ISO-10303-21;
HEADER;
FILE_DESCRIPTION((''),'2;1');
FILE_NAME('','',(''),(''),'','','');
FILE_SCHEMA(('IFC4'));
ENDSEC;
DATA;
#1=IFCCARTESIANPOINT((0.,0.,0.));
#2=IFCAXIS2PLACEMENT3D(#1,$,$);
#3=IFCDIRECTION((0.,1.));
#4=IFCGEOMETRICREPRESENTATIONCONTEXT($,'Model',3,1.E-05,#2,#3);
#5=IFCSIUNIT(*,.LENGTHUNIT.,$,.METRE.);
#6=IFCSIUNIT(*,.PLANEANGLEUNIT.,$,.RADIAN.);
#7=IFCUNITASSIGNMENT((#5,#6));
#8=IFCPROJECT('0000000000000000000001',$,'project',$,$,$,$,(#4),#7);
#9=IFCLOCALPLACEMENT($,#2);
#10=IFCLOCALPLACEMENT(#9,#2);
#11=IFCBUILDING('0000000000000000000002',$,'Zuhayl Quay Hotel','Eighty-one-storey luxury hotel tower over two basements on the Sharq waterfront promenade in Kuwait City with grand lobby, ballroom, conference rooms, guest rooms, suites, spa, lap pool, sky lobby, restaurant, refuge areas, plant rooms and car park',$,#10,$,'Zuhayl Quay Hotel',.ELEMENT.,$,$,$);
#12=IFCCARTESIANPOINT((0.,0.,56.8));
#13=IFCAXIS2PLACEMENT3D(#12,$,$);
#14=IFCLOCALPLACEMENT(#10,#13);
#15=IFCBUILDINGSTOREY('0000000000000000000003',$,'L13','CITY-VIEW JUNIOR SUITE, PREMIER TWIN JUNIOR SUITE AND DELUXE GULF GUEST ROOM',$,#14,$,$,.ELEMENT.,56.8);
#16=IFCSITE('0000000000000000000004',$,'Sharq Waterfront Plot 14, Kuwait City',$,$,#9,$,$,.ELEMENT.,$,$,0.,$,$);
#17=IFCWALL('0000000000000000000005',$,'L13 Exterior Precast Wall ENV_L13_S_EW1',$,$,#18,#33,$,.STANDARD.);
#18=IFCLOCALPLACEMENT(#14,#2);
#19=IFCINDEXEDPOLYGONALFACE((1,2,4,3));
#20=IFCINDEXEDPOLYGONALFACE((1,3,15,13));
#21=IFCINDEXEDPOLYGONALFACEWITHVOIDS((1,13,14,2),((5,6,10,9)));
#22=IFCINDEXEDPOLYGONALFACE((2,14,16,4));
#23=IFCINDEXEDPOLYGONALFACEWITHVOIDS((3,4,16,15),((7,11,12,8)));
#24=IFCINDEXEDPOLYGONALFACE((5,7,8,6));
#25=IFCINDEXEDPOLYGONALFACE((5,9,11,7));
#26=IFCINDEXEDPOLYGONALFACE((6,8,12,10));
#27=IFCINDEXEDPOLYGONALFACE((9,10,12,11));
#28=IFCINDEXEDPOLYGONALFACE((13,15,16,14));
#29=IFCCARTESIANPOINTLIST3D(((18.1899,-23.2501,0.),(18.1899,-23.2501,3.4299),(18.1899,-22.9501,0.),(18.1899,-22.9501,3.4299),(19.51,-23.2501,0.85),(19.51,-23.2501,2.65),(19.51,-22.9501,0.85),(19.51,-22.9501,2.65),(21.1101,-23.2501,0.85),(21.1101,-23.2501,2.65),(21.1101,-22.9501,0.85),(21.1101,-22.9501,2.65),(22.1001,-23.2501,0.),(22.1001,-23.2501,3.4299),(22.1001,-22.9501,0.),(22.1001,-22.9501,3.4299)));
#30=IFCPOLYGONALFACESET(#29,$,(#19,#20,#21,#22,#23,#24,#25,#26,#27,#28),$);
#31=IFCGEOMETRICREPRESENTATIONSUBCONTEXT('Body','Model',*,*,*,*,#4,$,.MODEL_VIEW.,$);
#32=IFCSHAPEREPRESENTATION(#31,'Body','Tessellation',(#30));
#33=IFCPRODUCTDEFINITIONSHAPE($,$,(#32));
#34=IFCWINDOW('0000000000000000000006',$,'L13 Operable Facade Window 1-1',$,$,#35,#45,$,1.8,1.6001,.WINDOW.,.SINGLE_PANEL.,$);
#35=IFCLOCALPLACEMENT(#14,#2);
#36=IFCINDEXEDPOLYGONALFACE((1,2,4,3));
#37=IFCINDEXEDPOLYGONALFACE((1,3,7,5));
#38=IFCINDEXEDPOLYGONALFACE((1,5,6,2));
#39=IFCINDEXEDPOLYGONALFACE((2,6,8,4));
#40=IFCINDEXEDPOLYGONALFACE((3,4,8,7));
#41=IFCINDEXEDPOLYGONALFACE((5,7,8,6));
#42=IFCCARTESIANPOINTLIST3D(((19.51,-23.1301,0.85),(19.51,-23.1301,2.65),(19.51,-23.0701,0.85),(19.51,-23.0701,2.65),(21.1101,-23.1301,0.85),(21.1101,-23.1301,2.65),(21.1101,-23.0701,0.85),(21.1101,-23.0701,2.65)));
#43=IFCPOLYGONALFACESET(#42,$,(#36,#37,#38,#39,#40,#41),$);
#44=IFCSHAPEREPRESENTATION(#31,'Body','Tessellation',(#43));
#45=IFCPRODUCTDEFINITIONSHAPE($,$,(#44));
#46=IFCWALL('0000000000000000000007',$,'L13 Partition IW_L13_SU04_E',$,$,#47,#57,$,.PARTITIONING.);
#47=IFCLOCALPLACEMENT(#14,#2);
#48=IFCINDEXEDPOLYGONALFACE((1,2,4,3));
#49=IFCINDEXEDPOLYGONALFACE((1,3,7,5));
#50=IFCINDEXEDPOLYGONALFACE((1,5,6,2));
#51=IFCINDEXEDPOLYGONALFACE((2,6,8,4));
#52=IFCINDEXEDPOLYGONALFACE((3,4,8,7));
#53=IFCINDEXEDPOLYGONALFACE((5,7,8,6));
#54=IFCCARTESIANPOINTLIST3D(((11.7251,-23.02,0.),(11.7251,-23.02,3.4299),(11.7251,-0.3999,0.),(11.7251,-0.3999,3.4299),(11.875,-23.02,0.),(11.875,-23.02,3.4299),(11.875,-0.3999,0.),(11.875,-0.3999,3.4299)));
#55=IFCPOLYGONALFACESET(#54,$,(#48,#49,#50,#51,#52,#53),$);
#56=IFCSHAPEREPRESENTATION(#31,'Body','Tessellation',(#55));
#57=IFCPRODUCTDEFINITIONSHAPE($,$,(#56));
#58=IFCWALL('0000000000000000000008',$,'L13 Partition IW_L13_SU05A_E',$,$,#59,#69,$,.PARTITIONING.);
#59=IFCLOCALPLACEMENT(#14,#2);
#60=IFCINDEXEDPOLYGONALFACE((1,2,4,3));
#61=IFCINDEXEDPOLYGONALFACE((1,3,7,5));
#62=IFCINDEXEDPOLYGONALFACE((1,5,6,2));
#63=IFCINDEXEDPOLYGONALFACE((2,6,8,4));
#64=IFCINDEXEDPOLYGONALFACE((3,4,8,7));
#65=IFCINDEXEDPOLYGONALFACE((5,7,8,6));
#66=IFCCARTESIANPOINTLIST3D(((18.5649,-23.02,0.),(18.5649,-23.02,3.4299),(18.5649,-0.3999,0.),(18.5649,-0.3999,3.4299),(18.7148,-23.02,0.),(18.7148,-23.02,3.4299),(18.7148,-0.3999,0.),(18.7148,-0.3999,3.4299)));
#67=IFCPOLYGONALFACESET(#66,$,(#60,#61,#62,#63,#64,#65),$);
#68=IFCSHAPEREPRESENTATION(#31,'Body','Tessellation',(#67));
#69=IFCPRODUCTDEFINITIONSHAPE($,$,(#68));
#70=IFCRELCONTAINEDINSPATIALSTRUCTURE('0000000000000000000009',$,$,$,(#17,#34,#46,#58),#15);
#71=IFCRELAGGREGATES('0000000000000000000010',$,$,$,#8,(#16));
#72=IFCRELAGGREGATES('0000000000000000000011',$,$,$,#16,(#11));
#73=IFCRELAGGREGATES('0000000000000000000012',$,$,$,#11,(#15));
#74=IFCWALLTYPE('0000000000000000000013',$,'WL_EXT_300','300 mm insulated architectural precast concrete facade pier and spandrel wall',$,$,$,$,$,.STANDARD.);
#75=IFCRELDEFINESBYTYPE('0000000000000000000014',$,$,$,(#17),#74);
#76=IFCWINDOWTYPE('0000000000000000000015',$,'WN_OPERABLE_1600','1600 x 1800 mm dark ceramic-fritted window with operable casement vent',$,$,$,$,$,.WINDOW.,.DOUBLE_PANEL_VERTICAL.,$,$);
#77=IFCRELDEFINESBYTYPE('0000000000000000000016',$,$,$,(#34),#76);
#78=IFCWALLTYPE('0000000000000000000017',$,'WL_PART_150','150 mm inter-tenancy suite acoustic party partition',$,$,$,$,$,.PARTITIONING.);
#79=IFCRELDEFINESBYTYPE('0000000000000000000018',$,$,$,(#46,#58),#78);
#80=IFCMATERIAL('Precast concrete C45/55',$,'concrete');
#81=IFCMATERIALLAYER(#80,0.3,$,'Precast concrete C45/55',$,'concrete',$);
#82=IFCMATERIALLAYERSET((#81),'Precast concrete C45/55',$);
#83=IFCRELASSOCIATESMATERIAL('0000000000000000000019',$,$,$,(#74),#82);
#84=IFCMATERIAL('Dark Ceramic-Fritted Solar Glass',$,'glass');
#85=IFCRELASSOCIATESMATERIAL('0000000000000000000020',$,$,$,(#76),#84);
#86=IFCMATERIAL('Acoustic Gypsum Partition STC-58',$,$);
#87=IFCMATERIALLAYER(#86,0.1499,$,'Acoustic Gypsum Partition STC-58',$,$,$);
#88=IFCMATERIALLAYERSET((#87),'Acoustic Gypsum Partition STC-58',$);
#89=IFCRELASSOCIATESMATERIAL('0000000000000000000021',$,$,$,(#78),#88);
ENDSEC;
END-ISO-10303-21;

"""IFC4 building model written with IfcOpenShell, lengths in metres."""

from ifc_helpers import new_model, si_unit, direction, frame, frame_2d, origin, place, context, subcontext, project, spatial, rectangle, extrude, material, layer, layer_set, type_object, element, fill, save


model = new_model("IFC4")

# Units and contexts
model_context = context("Model", 3, precision=1e-05, world=origin(), true_north=direction((0.0, 1.0)))
body_context = subcontext(model_context, "Body", "Model", "MODEL_VIEW")
ifc_project = project(units=[si_unit("LENGTHUNIT", "METRE"), si_unit("PLANEANGLEUNIT", "RADIAN")], contexts=[model_context])

# Site, building, storey
site_placement = place(None, origin())
site = spatial("IfcSite", under=ifc_project, at=site_placement, Name="Sharq Waterfront Plot 14, Kuwait City", CompositionType="ELEMENT", RefElevation=0.0)
building_placement = place(site_placement, origin())
building = spatial("IfcBuilding", under=site, at=building_placement, Name="Zuhayl Quay Hotel", Description="Eighty-one-storey luxury hotel tower over two basements on the Sharq waterfront promenade in Kuwait City with grand lobby, ballroom, conference rooms, guest rooms, suites, spa, lap pool, sky lobby, restaurant, refuge areas, plant rooms and car park", LongName="Zuhayl Quay Hotel", CompositionType="ELEMENT")
storey_placement = place(building_placement, frame((0.0, 0.0, 56.8)))
storey = spatial("IfcBuildingStorey", under=building, at=storey_placement, Name="L13", Description="CITY-VIEW JUNIOR SUITE, PREMIER TWIN JUNIOR SUITE AND DELUXE GULF GUEST ROOM", CompositionType="ELEMENT", Elevation=56.8)

# Shared definitions
ifc_material_1 = material(Name="Dark Ceramic-Fritted Solar Glass", Category="glass")

# Shared definitions
ifc_material_2 = material(Name="Precast concrete C45/55", Category="concrete")
ifc_layer_1 = layer(ifc_material_2, 0.3, Name="Precast concrete C45/55", Category="concrete")
ifc_layer_set_1 = layer_set([ifc_layer_1], Name="Precast concrete C45/55")
wall_type_1 = type_object("IfcWallType", Name="WL_EXT_300", Description="300 mm insulated architectural precast concrete facade pier and spandrel wall", PredefinedType="STANDARD", material=ifc_layer_set_1)

# Wall, opening, window
wall_1_placement = place(storey_placement, frame((22.1001, -23.1001, 0.0), z_axis=(0.0, 0.0, 1.0), x_axis=(-1.0, 0.0, 0.0)))
wall_1 = element("IfcWall", 1, at=wall_1_placement, inside=storey, type_object=wall_type_1, Name="L13 Exterior Precast Wall ENV_L13_S_EW1", PredefinedType="STANDARD", context=body_context, shape_type="SweptSolid", body=[
    extrude(rectangle(XDim=3.9102, YDim=0.3, at=frame_2d((1.9551, 0.0))), origin(), (0.0, 0.0, 1.0), 3.4299),
])
opening_placement = place(wall_1_placement, frame((0.99, 0.0, 0.8501)))
opening = element("IfcOpeningElement", 2, at=opening_placement, cuts=wall_1, PredefinedType="OPENING", context=body_context, shape_type="SweptSolid", body=[
    extrude(rectangle(XDim=1.6001, YDim=1.8, at=frame_2d((0.8, 0.8999))), frame((0.0, 0.1599, 0.0), z_axis=(0.0, -1.0, 0.0), x_axis=(1.0, 0.0, 0.0)), (0.0, 0.0, 1.0), 0.3201),
])
window_type = type_object("IfcWindowType", Name="WN_OPERABLE_1600", Description="1600 x 1800 mm dark ceramic-fritted window with operable casement vent", PartitioningType="DOUBLE_PANEL_VERTICAL", PredefinedType="WINDOW", material=ifc_material_1)
window_placement = place(opening_placement, origin())
window = element("IfcWindow", 3, at=window_placement, inside=storey, type_object=window_type, Name="L13 Operable Facade Window 1-1", OverallHeight=1.8, OverallWidth=1.6001, PartitioningType="SINGLE_PANEL", PredefinedType="WINDOW", context=body_context, shape_type="SweptSolid", body=[
    extrude(rectangle(XDim=1.6001, YDim=1.8, at=frame_2d((0.8, 0.8999))), frame((0.0, 0.03, 0.0), z_axis=(0.0, -1.0, 0.0), x_axis=(1.0, 0.0, 0.0)), (0.0, 0.0, 1.0), 0.0601),
])
fill(opening, window)

# Walls
ifc_material_3 = material(Name="Acoustic Gypsum Partition STC-58")
ifc_layer_2 = layer(ifc_material_3, 0.1499, Name="Acoustic Gypsum Partition STC-58")
ifc_layer_set_2 = layer_set([ifc_layer_2], Name="Acoustic Gypsum Partition STC-58")
wall_type_2 = type_object("IfcWallType", Name="WL_PART_150", Description="150 mm inter-tenancy suite acoustic party partition", PredefinedType="PARTITIONING", material=ifc_layer_set_2)
for number, where, z_axis, x_axis, name in (
    (4, (11.8, -23.02, 0.0), (0.0, 0.0, 1.0), (0.0, 1.0, 0.0), "L13 Partition IW_L13_SU04_E"),
    (5, (18.6399, -23.02, 0.0), (0.0, 0.0, 1.0), (0.0, 1.0, 0.0), "L13 Partition IW_L13_SU05A_E"),
):
    element("IfcWall", number, at=place(storey_placement, frame(where, z_axis=z_axis, x_axis=x_axis)), inside=storey, type_object=wall_type_2, Name=name, PredefinedType="PARTITIONING", context=body_context, shape_type="SweptSolid", body=[
        extrude(rectangle(XDim=22.6201, YDim=0.1499, at=frame_2d((11.3101, 0.0))), origin(), (0.0, 0.0, 1.0), 3.4299),
    ])

save(model, "model.ifc")
